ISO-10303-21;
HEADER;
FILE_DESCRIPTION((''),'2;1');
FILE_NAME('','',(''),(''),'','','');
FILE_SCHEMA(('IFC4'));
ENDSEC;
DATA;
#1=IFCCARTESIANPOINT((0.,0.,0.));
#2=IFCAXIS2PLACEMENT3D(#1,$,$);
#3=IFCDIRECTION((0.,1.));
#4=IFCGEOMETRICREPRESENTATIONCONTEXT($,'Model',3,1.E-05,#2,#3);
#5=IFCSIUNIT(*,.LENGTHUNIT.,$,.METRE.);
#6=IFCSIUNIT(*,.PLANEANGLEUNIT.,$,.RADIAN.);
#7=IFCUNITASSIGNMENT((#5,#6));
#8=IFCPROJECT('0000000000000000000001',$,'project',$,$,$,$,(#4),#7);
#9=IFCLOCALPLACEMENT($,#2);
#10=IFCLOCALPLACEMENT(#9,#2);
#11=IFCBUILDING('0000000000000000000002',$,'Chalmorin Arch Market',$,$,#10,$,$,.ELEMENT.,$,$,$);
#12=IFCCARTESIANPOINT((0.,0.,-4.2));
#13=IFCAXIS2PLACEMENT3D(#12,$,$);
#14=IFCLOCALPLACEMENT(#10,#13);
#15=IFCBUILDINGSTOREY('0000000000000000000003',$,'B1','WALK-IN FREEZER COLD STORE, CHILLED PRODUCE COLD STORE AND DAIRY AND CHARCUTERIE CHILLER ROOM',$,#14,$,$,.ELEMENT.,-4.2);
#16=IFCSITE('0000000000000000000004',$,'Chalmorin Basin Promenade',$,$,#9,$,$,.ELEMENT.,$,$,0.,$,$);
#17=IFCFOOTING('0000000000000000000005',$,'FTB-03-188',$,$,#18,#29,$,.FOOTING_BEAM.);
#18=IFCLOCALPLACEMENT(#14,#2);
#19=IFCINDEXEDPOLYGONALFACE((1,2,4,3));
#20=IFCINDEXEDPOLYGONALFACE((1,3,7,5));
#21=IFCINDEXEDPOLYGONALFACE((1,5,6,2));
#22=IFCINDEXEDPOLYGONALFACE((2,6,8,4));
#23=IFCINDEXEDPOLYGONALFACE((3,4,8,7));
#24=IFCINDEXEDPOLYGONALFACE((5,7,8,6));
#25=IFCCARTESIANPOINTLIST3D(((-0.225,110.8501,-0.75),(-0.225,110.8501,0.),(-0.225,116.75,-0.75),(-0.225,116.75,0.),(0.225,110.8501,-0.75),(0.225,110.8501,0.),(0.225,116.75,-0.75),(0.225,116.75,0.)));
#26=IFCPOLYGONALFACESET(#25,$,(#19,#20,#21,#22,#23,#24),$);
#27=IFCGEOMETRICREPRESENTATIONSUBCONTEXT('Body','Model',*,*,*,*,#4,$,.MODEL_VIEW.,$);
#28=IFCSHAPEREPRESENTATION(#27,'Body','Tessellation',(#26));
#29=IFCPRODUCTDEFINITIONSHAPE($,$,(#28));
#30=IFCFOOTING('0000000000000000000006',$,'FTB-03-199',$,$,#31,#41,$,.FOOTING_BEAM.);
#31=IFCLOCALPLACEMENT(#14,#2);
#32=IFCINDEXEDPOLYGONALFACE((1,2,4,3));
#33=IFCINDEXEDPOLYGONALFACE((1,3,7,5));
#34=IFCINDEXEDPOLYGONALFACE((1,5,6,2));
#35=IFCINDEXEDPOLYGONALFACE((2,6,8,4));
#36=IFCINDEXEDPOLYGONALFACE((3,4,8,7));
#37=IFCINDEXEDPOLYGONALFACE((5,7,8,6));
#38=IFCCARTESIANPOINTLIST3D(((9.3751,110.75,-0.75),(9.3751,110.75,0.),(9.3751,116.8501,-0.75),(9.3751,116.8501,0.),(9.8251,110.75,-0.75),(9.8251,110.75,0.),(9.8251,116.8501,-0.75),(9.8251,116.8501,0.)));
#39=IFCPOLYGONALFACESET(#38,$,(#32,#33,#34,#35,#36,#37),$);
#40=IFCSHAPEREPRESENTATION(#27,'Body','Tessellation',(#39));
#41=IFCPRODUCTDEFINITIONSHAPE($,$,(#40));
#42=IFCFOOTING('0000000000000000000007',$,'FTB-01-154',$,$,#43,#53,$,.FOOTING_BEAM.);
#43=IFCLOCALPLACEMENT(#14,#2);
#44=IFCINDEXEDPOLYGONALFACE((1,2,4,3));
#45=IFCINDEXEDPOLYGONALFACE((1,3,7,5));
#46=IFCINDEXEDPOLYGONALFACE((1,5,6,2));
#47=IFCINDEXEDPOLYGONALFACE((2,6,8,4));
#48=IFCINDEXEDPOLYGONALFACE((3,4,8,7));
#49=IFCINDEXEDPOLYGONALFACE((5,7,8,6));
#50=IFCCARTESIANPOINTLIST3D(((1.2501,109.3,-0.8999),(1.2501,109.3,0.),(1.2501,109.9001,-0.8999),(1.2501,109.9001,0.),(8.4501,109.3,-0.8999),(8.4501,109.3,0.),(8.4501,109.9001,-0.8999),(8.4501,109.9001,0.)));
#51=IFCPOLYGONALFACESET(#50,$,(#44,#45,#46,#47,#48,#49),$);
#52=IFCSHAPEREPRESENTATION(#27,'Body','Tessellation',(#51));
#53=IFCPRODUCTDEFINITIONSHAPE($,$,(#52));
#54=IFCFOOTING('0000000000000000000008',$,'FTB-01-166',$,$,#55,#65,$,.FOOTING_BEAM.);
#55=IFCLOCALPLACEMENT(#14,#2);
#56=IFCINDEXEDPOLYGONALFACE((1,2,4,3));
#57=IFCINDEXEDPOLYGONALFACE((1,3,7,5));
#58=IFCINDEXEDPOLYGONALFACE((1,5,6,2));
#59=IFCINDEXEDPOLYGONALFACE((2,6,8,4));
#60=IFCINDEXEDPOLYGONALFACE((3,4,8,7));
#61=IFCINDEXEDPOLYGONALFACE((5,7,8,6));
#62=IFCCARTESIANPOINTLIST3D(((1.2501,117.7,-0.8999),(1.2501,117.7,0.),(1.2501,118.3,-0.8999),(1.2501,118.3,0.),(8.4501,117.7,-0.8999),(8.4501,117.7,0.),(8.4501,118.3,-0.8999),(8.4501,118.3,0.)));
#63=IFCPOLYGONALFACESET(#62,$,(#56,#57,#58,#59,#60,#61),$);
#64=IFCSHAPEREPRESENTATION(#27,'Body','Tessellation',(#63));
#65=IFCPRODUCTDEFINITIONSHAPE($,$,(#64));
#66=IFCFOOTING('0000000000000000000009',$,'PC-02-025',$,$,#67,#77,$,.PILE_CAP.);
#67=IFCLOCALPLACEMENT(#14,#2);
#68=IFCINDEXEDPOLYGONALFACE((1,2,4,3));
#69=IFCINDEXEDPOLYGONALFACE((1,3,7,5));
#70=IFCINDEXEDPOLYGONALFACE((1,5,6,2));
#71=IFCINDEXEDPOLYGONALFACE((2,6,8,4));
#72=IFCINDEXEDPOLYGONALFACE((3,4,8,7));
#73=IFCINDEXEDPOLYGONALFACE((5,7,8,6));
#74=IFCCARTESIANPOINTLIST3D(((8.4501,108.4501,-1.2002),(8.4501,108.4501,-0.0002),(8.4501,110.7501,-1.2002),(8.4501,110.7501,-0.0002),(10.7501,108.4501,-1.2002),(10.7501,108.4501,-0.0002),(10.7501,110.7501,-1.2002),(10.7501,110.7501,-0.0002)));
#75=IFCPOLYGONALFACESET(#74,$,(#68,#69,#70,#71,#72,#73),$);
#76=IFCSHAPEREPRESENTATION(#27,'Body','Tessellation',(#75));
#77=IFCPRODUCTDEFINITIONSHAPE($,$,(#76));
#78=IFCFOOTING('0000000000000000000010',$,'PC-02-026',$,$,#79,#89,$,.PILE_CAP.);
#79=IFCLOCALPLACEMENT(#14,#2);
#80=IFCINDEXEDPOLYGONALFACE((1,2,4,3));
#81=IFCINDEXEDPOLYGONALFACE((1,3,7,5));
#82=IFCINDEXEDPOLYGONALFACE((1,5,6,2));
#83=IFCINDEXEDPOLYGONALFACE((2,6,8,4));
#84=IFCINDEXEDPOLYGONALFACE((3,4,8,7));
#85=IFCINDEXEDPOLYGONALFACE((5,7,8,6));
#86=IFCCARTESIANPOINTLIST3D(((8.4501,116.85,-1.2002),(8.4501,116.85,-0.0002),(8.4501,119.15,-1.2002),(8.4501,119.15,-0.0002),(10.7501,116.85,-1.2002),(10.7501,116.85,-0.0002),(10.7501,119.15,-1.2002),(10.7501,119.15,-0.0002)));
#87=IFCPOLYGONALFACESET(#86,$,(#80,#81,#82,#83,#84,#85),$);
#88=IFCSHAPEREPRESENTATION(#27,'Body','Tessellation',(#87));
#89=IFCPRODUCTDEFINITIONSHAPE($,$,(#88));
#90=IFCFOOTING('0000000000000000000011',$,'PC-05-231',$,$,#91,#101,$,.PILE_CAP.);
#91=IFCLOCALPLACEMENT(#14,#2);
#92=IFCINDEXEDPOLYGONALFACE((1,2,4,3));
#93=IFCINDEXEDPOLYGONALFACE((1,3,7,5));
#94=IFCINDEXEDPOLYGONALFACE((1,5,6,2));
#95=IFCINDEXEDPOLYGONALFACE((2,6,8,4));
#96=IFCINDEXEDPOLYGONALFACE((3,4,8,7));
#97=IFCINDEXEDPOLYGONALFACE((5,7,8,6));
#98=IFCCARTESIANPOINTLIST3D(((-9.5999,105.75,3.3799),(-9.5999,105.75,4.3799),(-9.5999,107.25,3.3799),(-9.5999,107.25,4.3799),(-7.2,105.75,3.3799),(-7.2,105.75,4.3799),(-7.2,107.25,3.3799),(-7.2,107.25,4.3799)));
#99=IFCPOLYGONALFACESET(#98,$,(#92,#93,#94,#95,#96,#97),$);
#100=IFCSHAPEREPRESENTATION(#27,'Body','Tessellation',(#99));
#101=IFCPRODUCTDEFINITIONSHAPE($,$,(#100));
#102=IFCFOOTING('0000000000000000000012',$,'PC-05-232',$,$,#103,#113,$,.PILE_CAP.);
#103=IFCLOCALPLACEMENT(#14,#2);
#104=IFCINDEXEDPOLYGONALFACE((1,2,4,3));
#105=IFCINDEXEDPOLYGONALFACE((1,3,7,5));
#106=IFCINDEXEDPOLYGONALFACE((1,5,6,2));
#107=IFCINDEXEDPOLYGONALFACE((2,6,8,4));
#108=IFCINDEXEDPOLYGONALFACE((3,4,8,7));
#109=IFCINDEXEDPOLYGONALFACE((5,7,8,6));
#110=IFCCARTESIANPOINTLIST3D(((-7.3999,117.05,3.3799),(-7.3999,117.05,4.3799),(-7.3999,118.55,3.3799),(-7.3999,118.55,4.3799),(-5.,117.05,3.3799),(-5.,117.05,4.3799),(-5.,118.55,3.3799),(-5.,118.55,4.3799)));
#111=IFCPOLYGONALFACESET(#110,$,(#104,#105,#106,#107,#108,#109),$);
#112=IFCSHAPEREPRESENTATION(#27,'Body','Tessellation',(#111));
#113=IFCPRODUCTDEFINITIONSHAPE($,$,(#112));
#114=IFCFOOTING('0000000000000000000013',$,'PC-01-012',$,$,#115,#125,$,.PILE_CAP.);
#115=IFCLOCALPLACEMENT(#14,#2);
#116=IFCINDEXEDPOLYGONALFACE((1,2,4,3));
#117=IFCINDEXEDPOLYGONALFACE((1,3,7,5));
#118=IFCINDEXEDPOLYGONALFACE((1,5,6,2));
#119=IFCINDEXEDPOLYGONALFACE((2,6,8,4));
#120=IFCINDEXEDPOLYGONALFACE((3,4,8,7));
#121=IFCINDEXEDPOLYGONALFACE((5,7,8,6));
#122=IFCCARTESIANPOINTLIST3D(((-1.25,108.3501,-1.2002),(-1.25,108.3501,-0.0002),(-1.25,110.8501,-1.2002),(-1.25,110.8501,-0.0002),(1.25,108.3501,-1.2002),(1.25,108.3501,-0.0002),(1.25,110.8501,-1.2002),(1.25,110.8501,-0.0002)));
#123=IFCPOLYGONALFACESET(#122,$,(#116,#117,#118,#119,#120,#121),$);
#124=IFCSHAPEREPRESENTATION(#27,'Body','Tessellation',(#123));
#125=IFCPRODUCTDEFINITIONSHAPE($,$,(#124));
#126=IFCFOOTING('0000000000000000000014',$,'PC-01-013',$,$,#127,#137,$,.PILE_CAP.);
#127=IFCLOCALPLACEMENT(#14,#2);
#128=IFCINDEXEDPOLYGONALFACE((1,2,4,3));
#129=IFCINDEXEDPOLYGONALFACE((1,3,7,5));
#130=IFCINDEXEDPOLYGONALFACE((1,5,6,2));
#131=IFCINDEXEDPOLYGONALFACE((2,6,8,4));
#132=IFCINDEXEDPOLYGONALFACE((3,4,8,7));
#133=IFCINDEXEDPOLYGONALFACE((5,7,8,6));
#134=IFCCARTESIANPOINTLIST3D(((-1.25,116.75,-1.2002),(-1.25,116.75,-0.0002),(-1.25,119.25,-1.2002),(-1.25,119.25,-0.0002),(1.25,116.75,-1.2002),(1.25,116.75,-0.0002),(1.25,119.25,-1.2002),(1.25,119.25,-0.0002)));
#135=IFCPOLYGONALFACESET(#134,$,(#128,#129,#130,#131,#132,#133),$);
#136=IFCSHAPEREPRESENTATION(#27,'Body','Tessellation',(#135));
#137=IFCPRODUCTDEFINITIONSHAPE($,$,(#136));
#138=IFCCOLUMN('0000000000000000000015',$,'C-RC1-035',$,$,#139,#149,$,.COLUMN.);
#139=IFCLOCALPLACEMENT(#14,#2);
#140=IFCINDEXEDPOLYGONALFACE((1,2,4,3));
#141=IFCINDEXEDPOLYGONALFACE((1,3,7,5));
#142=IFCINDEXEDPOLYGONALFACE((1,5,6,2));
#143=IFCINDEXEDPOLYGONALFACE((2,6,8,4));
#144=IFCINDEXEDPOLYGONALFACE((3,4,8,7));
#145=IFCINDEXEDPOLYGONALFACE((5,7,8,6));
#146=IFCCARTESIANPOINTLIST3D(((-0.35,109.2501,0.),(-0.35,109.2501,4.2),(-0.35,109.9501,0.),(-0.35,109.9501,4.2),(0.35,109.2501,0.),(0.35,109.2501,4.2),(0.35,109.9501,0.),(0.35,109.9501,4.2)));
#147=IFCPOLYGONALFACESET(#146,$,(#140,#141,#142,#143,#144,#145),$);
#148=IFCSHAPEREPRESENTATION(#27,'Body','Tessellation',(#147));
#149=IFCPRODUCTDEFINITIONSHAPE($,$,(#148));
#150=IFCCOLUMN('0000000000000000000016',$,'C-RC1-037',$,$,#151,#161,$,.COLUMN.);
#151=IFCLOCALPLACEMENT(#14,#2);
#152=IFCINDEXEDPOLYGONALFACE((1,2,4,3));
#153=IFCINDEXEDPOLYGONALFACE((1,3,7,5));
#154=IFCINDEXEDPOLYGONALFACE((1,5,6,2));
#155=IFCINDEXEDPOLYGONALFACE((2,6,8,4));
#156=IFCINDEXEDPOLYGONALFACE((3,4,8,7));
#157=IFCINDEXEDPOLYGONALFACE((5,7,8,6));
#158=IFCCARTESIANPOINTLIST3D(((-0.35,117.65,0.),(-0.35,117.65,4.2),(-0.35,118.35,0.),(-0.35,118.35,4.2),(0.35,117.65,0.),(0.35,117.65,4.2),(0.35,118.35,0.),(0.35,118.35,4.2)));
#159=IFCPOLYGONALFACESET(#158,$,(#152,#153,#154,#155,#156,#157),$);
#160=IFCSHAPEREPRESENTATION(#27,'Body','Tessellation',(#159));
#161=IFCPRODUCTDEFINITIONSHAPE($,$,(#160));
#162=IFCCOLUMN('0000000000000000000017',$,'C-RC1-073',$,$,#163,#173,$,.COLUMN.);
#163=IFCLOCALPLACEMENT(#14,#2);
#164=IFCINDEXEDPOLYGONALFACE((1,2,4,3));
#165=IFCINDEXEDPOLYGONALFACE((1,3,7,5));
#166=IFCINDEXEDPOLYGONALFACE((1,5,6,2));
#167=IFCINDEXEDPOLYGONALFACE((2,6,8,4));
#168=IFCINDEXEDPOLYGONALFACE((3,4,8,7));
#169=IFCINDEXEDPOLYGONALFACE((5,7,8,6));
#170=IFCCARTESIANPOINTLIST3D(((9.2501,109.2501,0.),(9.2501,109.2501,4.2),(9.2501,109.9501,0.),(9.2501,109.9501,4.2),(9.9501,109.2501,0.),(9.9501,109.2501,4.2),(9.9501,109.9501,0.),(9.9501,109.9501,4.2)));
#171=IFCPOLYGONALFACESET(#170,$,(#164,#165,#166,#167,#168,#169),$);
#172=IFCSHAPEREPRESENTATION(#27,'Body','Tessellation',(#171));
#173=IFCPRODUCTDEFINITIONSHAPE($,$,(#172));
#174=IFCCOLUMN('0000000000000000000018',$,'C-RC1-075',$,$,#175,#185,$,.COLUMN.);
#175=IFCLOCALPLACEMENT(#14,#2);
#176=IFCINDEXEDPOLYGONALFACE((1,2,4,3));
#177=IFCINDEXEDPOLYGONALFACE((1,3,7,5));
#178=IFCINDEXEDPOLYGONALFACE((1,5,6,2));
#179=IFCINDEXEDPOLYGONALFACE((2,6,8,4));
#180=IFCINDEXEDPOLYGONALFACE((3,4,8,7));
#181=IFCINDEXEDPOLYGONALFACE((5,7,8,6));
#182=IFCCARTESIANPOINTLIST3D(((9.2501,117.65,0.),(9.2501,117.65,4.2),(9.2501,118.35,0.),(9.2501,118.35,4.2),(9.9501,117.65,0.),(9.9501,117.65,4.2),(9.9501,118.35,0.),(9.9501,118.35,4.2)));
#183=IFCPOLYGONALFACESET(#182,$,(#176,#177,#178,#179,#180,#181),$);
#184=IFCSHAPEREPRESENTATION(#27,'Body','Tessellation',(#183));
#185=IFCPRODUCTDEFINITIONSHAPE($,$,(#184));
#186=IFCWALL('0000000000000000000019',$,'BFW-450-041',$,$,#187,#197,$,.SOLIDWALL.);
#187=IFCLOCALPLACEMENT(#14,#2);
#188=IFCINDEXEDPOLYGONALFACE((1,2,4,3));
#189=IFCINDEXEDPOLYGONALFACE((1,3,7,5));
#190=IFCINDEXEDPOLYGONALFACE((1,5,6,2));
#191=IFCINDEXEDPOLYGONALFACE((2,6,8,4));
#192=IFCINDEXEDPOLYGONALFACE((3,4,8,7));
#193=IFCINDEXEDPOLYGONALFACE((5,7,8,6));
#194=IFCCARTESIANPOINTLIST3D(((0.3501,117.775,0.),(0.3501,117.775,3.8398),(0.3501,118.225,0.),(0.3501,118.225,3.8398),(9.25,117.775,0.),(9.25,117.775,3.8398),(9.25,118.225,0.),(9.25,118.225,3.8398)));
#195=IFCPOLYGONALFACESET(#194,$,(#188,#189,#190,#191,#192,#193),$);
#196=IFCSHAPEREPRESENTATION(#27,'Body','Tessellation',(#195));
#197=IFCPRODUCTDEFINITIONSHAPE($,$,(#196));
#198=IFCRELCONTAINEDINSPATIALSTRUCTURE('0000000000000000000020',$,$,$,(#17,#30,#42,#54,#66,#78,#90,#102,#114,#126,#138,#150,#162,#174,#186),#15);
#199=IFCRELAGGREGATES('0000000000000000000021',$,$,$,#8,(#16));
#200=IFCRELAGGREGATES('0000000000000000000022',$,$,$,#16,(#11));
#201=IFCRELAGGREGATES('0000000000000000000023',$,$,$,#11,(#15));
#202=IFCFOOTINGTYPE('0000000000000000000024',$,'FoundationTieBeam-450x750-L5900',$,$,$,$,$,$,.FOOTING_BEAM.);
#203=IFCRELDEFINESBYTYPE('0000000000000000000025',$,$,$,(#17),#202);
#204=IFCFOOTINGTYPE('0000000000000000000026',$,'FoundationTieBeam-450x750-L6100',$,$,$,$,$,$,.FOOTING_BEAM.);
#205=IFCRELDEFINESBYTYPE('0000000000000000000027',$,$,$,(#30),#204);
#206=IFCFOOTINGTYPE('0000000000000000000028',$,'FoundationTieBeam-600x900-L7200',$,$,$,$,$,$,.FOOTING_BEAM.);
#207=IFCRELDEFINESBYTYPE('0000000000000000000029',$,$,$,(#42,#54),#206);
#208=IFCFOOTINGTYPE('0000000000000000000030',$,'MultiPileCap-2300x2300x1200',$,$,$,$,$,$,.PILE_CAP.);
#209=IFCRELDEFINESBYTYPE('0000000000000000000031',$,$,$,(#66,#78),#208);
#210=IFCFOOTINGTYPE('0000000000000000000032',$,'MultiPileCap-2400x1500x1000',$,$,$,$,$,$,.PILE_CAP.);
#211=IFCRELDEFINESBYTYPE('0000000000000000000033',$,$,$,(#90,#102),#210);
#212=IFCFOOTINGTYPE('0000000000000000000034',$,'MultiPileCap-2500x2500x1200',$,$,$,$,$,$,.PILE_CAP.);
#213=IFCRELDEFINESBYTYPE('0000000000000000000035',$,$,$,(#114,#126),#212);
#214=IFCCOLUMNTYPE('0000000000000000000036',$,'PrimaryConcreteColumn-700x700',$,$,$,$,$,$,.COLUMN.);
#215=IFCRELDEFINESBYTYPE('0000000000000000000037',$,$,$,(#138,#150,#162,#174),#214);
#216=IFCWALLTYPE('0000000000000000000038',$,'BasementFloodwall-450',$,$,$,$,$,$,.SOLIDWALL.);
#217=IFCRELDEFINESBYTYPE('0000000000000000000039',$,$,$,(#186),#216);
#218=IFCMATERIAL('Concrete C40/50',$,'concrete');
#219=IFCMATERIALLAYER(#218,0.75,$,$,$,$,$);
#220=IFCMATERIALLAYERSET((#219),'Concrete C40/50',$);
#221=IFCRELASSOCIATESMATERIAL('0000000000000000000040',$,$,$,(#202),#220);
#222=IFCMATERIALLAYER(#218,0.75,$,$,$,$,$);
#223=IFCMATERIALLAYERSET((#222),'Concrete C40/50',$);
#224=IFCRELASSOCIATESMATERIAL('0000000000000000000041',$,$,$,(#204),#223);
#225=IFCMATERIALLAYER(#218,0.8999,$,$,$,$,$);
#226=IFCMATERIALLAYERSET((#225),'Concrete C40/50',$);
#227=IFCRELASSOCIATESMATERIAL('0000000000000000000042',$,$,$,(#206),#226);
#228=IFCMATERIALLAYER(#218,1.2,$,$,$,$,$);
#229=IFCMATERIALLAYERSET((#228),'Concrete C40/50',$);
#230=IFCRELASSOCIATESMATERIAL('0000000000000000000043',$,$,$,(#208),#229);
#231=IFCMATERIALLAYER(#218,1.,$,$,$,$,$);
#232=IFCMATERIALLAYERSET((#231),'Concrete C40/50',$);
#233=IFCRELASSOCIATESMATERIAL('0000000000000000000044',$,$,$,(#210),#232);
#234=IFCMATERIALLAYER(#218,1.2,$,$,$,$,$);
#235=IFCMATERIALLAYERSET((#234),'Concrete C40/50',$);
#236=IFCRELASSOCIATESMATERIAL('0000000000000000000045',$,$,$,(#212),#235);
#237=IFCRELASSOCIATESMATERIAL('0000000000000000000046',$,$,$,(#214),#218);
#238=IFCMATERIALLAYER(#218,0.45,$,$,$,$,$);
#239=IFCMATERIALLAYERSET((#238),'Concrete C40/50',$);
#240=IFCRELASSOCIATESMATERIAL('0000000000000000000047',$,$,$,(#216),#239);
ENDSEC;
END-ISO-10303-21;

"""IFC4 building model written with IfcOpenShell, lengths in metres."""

from ifc_helpers import new_model, si_unit, direction, frame, frame_2d, origin, origin_2d, place, context, subcontext, project, spatial, rectangle, extrude, material, layer, layer_set, material_profile, profile_set, type_object, element, save


model = new_model("IFC4")

# Units and contexts
model_context = context("Model", 3, precision=1e-05, world=origin(), true_north=direction((0.0, 1.0)))
body_context = subcontext(model_context, "Body", "Model", "MODEL_VIEW")
ifc_project = project(units=[si_unit("LENGTHUNIT", "METRE"), si_unit("PLANEANGLEUNIT", "RADIAN")], contexts=[model_context])

# Site, building, storey
site_placement = place(None, origin())
site = spatial("IfcSite", under=ifc_project, at=site_placement, Name="Chalmorin Basin Promenade", CompositionType="ELEMENT", RefElevation=0.0)
building_placement = place(site_placement, origin())
building = spatial("IfcBuilding", under=site, at=building_placement, Name="Chalmorin Arch Market", CompositionType="ELEMENT")
storey_placement = place(building_placement, frame((0.0, 0.0, -4.2)))
storey = spatial("IfcBuildingStorey", under=building, at=storey_placement, Name="B1", Description="WALK-IN FREEZER COLD STORE, CHILLED PRODUCE COLD STORE AND DAIRY AND CHARCUTERIE CHILLER ROOM", CompositionType="ELEMENT", Elevation=-4.2)

# Footings
ifc_material_1 = material(Name="Concrete C40/50", Category="concrete")
ifc_layer_1 = layer(ifc_material_1, 0.75)
ifc_layer_set_1 = layer_set([ifc_layer_1], Name="Concrete C40/50")
footing_type_1 = type_object("IfcFootingType", Name="FoundationTieBeam-450x750-L5900", PredefinedType="FOOTING_BEAM", material=ifc_layer_set_1)
footing_1_placement = place(storey_placement, frame((0.0, 113.8, -0.75), z_axis=(0.0, 0.0, 1.0), x_axis=(0.0, 1.0, 0.0)))
element("IfcFooting", 1, at=footing_1_placement, inside=storey, type_object=footing_type_1, Name="FTB-03-188", PredefinedType="FOOTING_BEAM", context=body_context, shape_type="SweptSolid", body=[
    extrude(rectangle(XDim=5.8999, YDim=0.45, at=origin_2d()), origin(), (0.0, 0.0, 1.0), 0.75),
])
ifc_layer_2 = layer(ifc_material_1, 0.75)
ifc_layer_set_2 = layer_set([ifc_layer_2], Name="Concrete C40/50")
footing_type_2 = type_object("IfcFootingType", Name="FoundationTieBeam-450x750-L6100", PredefinedType="FOOTING_BEAM", material=ifc_layer_set_2)
footing_2_placement = place(storey_placement, frame((9.6001, 113.8, -0.75), z_axis=(0.0, 0.0, 1.0), x_axis=(0.0, 1.0, 0.0)))
element("IfcFooting", 2, at=footing_2_placement, inside=storey, type_object=footing_type_2, Name="FTB-03-199", PredefinedType="FOOTING_BEAM", context=body_context, shape_type="SweptSolid", body=[
    extrude(rectangle(XDim=6.1001, YDim=0.45, at=origin_2d()), origin(), (0.0, 0.0, 1.0), 0.75),
])
ifc_layer_3 = layer(ifc_material_1, 0.8999)
ifc_layer_set_3 = layer_set([ifc_layer_3], Name="Concrete C40/50")
footing_type_3 = type_object("IfcFootingType", Name="FoundationTieBeam-600x900-L7200", PredefinedType="FOOTING_BEAM", material=ifc_layer_set_3)
for number, where, z_axis, x_axis, name in (
    (3, (4.8501, 109.6001, -0.8999), (0.0, 0.0, 1.0), (1.0, 0.0, 0.0), "FTB-01-154"),
    (4, (4.8501, 118.0, -0.8999), (0.0, 0.0, 1.0), (1.0, 0.0, 0.0), "FTB-01-166"),
):
    element("IfcFooting", number, at=place(storey_placement, frame(where, z_axis=z_axis, x_axis=x_axis)), inside=storey, type_object=footing_type_3, Name=name, PredefinedType="FOOTING_BEAM", context=body_context, shape_type="SweptSolid", body=[
        extrude(rectangle(XDim=7.2, YDim=0.6001, at=origin_2d()), origin(), (0.0, 0.0, 1.0), 0.8999),
    ])
ifc_layer_4 = layer(ifc_material_1, 1.2)
ifc_layer_set_4 = layer_set([ifc_layer_4], Name="Concrete C40/50")
footing_type_4 = type_object("IfcFootingType", Name="MultiPileCap-2300x2300x1200", PredefinedType="PILE_CAP", material=ifc_layer_set_4)
for number, where, z_axis, x_axis, name in (
    (5, (9.6001, 109.6001, -1.2002), (0.0, 0.0, 1.0), (1.0, 0.0, 0.0), "PC-02-025"),
    (6, (9.6001, 118.0, -1.2002), (0.0, 0.0, 1.0), (1.0, 0.0, 0.0), "PC-02-026"),
):
    element("IfcFooting", number, at=place(storey_placement, frame(where, z_axis=z_axis, x_axis=x_axis)), inside=storey, type_object=footing_type_4, Name=name, PredefinedType="PILE_CAP", context=body_context, shape_type="SweptSolid", body=[
        extrude(rectangle(XDim=2.3, YDim=2.3, at=origin_2d()), origin(), (0.0, 0.0, 1.0), 1.2),
    ])
ifc_layer_5 = layer(ifc_material_1, 1.0)
ifc_layer_set_5 = layer_set([ifc_layer_5], Name="Concrete C40/50")
footing_type_5 = type_object("IfcFootingType", Name="MultiPileCap-2400x1500x1000", PredefinedType="PILE_CAP", material=ifc_layer_set_5)
for number, where, z_axis, x_axis, name in (
    (7, (-8.3999, 106.5, 3.3799), (0.0, 0.0, 1.0), (1.0, 0.0, 0.0), "PC-05-231"),
    (8, (-6.2, 117.8, 3.3799), (0.0, 0.0, 1.0), (1.0, 0.0, 0.0), "PC-05-232"),
):
    element("IfcFooting", number, at=place(storey_placement, frame(where, z_axis=z_axis, x_axis=x_axis)), inside=storey, type_object=footing_type_5, Name=name, PredefinedType="PILE_CAP", context=body_context, shape_type="SweptSolid", body=[
        extrude(rectangle(XDim=2.3999, YDim=1.5, at=origin_2d()), origin(), (0.0, 0.0, 1.0), 1.0),
    ])
ifc_layer_6 = layer(ifc_material_1, 1.2)
ifc_layer_set_6 = layer_set([ifc_layer_6], Name="Concrete C40/50")
footing_type_6 = type_object("IfcFootingType", Name="MultiPileCap-2500x2500x1200", PredefinedType="PILE_CAP", material=ifc_layer_set_6)
for number, where, z_axis, x_axis, name in (
    (9, (0.0, 109.6001, -1.2002), (0.0, 0.0, 1.0), (1.0, 0.0, 0.0), "PC-01-012"),
    (10, (0.0, 118.0, -1.2002), (0.0, 0.0, 1.0), (1.0, 0.0, 0.0), "PC-01-013"),
):
    element("IfcFooting", number, at=place(storey_placement, frame(where, z_axis=z_axis, x_axis=x_axis)), inside=storey, type_object=footing_type_6, Name=name, PredefinedType="PILE_CAP", context=body_context, shape_type="SweptSolid", body=[
        extrude(rectangle(XDim=2.5, YDim=2.5, at=origin_2d()), origin(), (0.0, 0.0, 1.0), 1.2),
    ])

# Columns
ifc_material_profile_1 = material_profile(ifc_material_1, rectangle(XDim=0.7, YDim=0.7, at=origin_2d()), Name="RC700X700")
ifc_profile_set_1 = profile_set([ifc_material_profile_1], Name="Concrete C40/50")
column_type = type_object("IfcColumnType", Name="PrimaryConcreteColumn-700x700", PredefinedType="COLUMN", material=ifc_profile_set_1)
for number, where, z_axis, x_axis, name in (
    (11, (0.0, 109.6001, 0.0), (0.0, 0.0, 1.0), (1.0, 0.0, 0.0), "C-RC1-035"),
    (12, (0.0, 118.0, 0.0), (0.0, 0.0, 1.0), (1.0, 0.0, 0.0), "C-RC1-037"),
    (13, (9.6001, 109.6001, 0.0), (0.0, 0.0, 1.0), (1.0, 0.0, 0.0), "C-RC1-073"),
    (14, (9.6001, 118.0, 0.0), (0.0, 0.0, 1.0), (1.0, 0.0, 0.0), "C-RC1-075"),
):
    element("IfcColumn", number, at=place(storey_placement, frame(where, z_axis=z_axis, x_axis=x_axis)), inside=storey, type_object=column_type, Name=name, PredefinedType="COLUMN", context=body_context, shape_type="SweptSolid", body=[
        extrude(rectangle(XDim=0.7, YDim=0.7, at=origin_2d()), origin(), (0.0, 0.0, 1.0), 4.2),
    ])

# Wall
ifc_layer_7 = layer(ifc_material_1, 0.45)
ifc_layer_set_7 = layer_set([ifc_layer_7], Name="Concrete C40/50")
wall_type = type_object("IfcWallType", Name="BasementFloodwall-450", PredefinedType="SOLIDWALL", material=ifc_layer_set_7)
wall_1_placement = place(storey_placement, frame((9.25, 118.0, 0.0), z_axis=(0.0, 0.0, 1.0), x_axis=(-1.0, 0.0, 0.0)))
element("IfcWall", 15, at=wall_1_placement, inside=storey, type_object=wall_type, Name="BFW-450-041", PredefinedType="SOLIDWALL", context=body_context, shape_type="SweptSolid", body=[
    extrude(rectangle(XDim=8.8999, YDim=0.45, at=frame_2d((4.45, 0.0))), origin(), (0.0, 0.0, 1.0), 3.8398),
])

save(model, "model.ifc")
